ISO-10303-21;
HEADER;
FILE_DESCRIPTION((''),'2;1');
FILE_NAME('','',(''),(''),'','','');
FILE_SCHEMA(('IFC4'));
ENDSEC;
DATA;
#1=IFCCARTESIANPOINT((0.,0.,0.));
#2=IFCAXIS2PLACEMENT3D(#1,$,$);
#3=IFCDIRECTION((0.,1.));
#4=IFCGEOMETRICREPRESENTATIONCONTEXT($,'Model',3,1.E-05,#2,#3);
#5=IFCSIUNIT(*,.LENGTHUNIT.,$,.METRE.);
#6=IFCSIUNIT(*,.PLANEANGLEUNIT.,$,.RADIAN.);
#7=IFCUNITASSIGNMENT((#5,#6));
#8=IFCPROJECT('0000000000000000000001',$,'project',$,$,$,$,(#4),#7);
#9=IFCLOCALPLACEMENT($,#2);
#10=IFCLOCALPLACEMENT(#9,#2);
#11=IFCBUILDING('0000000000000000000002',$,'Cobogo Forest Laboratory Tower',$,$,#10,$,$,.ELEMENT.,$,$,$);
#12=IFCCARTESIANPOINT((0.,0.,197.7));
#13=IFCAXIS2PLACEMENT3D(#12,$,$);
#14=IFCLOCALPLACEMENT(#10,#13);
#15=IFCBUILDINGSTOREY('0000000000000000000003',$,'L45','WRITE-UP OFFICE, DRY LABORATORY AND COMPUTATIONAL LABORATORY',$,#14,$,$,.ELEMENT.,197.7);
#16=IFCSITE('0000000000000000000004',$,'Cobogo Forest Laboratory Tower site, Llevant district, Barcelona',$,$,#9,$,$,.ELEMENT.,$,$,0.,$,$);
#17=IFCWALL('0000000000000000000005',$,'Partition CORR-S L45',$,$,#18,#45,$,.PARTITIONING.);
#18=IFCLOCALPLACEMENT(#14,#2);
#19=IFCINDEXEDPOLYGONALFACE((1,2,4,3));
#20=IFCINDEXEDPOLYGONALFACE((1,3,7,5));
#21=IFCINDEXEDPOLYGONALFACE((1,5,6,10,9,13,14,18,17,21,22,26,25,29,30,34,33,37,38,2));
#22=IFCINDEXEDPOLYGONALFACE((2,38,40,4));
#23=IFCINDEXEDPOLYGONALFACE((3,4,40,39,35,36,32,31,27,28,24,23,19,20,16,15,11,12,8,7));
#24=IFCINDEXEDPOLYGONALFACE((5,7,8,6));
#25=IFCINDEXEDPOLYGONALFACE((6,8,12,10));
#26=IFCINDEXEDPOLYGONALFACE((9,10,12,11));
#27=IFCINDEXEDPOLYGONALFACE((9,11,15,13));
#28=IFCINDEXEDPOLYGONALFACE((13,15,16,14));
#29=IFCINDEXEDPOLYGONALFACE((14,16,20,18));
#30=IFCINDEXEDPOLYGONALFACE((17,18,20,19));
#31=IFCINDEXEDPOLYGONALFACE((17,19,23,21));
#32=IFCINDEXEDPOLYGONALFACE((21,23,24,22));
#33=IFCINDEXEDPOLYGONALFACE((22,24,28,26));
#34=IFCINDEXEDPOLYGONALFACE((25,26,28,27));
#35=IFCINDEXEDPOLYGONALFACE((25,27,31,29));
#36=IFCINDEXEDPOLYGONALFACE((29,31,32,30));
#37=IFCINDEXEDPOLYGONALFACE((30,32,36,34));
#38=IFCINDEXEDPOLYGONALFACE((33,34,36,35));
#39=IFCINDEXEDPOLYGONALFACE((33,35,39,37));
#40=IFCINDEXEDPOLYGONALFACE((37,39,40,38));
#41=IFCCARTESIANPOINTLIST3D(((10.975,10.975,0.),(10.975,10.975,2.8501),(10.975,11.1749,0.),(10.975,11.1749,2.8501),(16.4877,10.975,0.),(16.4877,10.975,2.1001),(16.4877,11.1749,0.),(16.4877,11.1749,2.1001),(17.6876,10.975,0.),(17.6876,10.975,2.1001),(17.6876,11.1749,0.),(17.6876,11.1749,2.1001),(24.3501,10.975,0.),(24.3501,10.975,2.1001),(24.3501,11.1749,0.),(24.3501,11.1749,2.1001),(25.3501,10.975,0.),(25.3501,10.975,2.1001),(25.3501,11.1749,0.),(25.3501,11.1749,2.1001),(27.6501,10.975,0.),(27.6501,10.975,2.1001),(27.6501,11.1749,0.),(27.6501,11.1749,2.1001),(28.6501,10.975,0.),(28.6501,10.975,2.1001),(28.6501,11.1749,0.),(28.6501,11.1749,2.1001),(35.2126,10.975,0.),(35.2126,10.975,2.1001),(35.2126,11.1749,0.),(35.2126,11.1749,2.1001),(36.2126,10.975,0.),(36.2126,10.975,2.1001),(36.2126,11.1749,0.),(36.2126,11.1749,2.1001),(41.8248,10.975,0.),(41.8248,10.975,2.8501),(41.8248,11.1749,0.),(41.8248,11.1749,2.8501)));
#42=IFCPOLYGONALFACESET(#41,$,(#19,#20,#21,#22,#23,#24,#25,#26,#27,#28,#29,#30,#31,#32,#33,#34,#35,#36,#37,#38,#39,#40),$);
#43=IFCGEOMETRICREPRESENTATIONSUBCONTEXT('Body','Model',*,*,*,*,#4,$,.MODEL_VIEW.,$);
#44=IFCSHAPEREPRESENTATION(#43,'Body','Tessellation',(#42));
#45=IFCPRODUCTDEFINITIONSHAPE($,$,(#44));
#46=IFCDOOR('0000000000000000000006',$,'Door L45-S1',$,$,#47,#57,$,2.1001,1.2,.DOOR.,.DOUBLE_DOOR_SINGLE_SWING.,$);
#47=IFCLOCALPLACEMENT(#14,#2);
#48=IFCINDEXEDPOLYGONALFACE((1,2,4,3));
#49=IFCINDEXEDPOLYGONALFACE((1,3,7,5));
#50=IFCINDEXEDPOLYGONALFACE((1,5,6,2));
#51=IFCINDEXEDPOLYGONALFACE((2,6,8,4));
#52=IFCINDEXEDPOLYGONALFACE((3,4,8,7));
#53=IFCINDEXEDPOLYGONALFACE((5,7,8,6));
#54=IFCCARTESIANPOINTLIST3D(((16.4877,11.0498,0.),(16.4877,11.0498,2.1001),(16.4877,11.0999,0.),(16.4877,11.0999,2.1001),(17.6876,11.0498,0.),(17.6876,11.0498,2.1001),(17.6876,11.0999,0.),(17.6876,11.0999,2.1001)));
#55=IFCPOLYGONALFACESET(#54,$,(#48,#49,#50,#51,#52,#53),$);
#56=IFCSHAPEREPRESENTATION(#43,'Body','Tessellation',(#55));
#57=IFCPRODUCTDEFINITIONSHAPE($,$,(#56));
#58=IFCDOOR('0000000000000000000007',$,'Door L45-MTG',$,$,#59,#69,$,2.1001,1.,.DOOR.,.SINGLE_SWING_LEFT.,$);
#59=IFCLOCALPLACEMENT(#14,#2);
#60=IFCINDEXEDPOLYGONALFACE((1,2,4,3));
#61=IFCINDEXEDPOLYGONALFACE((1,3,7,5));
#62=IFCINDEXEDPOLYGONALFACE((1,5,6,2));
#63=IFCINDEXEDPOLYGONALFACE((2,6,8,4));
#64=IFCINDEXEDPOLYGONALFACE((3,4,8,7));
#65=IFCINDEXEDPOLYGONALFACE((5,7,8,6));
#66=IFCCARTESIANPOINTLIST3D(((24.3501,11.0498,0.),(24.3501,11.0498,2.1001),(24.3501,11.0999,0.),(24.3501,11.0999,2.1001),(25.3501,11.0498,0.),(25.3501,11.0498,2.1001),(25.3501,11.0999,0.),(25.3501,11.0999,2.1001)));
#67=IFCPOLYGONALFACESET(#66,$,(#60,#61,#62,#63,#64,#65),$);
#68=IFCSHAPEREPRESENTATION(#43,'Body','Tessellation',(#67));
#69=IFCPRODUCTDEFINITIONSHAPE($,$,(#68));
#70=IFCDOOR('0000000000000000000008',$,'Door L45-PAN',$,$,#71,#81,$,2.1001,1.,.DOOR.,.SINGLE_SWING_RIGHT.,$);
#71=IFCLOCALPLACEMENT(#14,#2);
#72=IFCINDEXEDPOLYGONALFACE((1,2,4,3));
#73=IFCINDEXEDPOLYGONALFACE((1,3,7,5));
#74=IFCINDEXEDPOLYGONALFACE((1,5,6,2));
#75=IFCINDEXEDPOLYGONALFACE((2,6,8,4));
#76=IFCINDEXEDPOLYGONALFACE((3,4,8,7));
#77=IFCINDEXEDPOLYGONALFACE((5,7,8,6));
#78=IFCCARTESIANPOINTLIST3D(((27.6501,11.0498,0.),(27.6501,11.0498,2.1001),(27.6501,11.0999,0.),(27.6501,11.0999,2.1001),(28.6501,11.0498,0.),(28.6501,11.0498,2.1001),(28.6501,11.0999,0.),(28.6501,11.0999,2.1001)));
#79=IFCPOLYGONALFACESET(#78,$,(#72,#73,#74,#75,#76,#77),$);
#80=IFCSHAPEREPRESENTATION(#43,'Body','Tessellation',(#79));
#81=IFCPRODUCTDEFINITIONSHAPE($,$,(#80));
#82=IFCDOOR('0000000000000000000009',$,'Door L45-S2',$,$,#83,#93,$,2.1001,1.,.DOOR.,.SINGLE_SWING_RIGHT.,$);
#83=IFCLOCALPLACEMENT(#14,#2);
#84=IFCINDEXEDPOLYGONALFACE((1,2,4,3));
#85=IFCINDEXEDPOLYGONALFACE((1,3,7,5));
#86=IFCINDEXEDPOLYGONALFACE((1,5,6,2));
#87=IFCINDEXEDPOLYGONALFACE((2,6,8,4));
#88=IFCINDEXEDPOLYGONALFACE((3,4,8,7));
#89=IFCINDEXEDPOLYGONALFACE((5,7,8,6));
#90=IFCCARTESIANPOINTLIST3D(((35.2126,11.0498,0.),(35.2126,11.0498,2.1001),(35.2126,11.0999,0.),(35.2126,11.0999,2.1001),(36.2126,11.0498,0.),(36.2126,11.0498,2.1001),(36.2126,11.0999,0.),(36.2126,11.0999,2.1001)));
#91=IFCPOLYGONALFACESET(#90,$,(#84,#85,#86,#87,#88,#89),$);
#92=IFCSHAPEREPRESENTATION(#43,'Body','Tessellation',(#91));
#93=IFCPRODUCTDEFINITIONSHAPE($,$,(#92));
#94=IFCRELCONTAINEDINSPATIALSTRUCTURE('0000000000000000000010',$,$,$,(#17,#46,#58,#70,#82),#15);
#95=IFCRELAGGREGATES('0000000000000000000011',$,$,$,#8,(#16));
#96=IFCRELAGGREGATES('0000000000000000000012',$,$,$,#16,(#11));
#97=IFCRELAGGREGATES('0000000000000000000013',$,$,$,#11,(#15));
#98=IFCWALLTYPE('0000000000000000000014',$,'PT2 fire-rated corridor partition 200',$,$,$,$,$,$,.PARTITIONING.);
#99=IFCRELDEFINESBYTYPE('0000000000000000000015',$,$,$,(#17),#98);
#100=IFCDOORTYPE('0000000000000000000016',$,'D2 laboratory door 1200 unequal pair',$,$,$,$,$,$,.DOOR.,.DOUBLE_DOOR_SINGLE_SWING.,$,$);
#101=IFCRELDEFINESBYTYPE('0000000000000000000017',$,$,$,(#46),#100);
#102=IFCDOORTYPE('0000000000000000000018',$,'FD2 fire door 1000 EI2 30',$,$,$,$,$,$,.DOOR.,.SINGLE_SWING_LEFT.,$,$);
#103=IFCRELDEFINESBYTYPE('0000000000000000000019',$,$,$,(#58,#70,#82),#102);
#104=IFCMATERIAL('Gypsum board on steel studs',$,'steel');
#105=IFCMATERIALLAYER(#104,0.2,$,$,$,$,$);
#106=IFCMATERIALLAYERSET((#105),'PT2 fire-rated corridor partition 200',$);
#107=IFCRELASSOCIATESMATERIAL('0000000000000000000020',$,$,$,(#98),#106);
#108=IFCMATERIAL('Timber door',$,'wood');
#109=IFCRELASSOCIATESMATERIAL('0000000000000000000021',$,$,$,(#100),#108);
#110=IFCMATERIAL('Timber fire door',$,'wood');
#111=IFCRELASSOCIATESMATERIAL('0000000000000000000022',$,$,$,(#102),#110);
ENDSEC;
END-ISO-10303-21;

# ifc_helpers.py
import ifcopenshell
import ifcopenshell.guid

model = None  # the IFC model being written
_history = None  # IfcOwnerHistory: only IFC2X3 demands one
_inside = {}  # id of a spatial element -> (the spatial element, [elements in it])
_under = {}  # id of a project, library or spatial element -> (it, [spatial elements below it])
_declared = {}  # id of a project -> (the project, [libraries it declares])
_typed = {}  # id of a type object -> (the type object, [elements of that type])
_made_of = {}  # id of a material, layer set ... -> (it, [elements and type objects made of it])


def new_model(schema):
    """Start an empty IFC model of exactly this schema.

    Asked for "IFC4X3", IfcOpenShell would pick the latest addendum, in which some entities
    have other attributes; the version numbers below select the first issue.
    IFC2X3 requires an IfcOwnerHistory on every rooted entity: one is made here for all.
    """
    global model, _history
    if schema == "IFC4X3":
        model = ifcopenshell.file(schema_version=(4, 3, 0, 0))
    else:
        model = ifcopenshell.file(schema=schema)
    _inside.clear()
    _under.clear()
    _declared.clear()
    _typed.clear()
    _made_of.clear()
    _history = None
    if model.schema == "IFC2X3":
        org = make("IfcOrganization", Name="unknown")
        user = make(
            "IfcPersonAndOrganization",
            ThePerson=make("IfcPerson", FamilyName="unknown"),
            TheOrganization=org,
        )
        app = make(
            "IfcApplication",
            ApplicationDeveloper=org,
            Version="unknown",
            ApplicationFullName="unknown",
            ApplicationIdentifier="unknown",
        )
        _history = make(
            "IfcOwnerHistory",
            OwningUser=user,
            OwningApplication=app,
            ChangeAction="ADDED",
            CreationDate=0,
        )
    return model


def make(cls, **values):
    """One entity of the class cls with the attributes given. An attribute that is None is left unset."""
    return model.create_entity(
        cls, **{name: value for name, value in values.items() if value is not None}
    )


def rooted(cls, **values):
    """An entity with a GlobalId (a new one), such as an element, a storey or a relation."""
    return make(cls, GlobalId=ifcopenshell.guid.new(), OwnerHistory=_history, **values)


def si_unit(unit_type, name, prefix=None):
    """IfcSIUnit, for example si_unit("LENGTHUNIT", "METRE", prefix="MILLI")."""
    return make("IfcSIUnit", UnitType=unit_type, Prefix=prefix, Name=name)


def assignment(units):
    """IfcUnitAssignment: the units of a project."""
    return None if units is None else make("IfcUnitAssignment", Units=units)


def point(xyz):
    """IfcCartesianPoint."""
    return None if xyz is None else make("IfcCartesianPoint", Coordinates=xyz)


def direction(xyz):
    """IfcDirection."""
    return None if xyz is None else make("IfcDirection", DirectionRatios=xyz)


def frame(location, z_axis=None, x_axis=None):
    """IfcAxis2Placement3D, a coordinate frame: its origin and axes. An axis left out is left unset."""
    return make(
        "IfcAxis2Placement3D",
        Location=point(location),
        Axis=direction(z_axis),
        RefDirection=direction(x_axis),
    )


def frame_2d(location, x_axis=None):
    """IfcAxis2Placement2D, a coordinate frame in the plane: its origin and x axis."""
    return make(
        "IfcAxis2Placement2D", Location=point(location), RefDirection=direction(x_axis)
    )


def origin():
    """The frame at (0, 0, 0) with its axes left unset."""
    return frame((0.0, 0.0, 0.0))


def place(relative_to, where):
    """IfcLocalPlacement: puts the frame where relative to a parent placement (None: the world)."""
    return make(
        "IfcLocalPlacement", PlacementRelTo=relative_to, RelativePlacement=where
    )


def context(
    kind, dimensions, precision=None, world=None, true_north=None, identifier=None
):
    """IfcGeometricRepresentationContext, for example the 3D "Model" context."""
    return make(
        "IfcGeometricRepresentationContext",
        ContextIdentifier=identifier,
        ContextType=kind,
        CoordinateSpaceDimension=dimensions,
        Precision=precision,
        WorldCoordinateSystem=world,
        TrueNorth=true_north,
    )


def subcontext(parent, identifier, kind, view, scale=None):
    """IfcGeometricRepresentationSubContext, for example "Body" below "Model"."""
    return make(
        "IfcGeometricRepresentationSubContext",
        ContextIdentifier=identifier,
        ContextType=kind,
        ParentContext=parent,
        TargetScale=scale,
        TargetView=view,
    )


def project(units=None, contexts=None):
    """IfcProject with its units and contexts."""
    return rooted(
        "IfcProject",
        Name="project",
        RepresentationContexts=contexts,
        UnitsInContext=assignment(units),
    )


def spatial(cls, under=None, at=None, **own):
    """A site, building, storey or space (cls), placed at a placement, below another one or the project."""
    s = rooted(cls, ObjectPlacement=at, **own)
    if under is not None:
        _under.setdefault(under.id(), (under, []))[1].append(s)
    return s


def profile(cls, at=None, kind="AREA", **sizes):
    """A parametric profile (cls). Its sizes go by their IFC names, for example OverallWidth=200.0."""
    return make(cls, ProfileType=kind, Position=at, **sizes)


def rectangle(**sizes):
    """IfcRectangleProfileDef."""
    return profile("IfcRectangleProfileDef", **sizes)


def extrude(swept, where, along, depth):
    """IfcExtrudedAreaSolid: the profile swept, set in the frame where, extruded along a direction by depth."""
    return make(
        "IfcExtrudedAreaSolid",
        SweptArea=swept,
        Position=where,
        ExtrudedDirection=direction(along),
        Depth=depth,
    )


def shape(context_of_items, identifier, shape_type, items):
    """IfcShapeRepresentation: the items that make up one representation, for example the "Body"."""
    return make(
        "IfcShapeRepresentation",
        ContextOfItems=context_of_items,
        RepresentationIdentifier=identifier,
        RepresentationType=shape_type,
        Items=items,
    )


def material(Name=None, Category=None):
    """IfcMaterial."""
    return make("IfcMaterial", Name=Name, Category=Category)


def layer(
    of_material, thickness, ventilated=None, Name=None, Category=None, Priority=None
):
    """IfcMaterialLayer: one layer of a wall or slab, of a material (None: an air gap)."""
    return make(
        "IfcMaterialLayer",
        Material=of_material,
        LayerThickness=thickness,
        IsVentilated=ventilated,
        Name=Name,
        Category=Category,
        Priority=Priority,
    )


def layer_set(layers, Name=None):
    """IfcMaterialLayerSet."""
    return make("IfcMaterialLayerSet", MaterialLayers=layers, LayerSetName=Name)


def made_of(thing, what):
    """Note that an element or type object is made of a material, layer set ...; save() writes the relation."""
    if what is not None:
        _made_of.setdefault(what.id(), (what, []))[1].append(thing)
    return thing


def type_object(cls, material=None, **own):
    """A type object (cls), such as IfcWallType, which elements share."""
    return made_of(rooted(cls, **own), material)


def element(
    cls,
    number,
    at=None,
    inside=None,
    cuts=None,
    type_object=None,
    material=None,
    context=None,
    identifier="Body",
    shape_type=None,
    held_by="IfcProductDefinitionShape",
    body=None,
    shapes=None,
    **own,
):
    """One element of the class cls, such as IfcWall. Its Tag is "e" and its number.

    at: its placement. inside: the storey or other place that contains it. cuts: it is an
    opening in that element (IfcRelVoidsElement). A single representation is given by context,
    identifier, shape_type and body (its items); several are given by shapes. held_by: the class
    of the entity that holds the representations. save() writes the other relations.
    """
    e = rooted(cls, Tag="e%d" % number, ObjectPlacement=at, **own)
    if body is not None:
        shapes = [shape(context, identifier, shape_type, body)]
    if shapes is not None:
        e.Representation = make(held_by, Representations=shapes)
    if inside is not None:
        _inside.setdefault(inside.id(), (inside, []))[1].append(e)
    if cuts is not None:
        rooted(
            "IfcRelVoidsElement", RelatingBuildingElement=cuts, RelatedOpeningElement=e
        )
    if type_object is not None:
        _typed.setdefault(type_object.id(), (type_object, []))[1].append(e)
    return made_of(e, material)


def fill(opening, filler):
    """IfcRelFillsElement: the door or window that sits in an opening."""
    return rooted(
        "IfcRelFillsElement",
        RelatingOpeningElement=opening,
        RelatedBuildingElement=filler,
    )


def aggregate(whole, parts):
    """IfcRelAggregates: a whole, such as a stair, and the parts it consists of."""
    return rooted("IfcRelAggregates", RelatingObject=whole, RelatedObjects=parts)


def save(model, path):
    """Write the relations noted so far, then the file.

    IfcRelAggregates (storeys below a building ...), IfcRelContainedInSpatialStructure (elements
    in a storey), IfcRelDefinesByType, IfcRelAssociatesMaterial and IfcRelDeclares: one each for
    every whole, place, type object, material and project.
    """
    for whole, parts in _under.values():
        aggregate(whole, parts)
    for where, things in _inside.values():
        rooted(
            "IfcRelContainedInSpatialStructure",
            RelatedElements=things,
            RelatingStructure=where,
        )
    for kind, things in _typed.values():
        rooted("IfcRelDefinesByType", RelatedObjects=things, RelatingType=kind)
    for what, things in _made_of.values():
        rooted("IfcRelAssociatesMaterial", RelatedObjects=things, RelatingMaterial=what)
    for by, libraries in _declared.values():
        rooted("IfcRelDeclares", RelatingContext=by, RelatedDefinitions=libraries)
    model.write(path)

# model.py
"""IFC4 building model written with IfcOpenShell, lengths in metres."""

from ifc_helpers import new_model, si_unit, direction, frame, frame_2d, origin, place, context, subcontext, project, spatial, rectangle, extrude, material, layer, layer_set, type_object, element, fill, save


model = new_model("IFC4")

# Units and contexts
model_context = context("Model", 3, precision=1e-05, world=origin(), true_north=direction((0.0, 1.0)))
body_context = subcontext(model_context, "Body", "Model", "MODEL_VIEW")
ifc_project = project(units=[si_unit("LENGTHUNIT", "METRE"), si_unit("PLANEANGLEUNIT", "RADIAN")], contexts=[model_context])

# Site, building, storey
site_placement = place(None, origin())
site = spatial("IfcSite", under=ifc_project, at=site_placement, Name="Cobogo Forest Laboratory Tower site, Llevant district, Barcelona", CompositionType="ELEMENT", RefElevation=0.0)
building_placement = place(site_placement, origin())
building = spatial("IfcBuilding", under=site, at=building_placement, Name="Cobogo Forest Laboratory Tower", CompositionType="ELEMENT")
storey_placement = place(building_placement, frame((0.0, 0.0, 197.7)))
storey = spatial("IfcBuildingStorey", under=building, at=storey_placement, Name="L45", Description="WRITE-UP OFFICE, DRY LABORATORY AND COMPUTATIONAL LABORATORY", CompositionType="ELEMENT", Elevation=197.7)

# Shared definitions
ifc_material_1 = material(Name="Gypsum board on steel studs", Category="steel")

# Wall, openings, doors
ifc_layer_1 = layer(ifc_material_1, 0.2)
ifc_layer_set_1 = layer_set([ifc_layer_1], Name="PT2 fire-rated corridor partition 200")
wall_type_1 = type_object("IfcWallType", Name="PT2 fire-rated corridor partition 200", PredefinedType="PARTITIONING", material=ifc_layer_set_1)
wall_1_placement = place(storey_placement, frame((10.9751, 11.075, 0.0), z_axis=(0.0, 0.0, 1.0), x_axis=(1.0, 0.0, 0.0)))
wall_1 = element("IfcWall", 1, at=wall_1_placement, inside=storey, type_object=wall_type_1, Name="Partition CORR-S L45", PredefinedType="PARTITIONING", context=body_context, shape_type="SweptSolid", body=[
    extrude(rectangle(XDim=30.8499, YDim=0.2, at=frame_2d((15.4248, 0.0))), origin(), (0.0, 0.0, 1.0), 2.8501),
])
opening_1_placement = place(wall_1_placement, frame((5.5125, 0.0, 0.0)))
opening_1 = element("IfcOpeningElement", 2, at=opening_1_placement, cuts=wall_1, PredefinedType="OPENING", context=body_context, shape_type="SweptSolid", body=[
    extrude(rectangle(XDim=1.2, YDim=2.1001, at=frame_2d((0.6001, 1.05))), frame((0.0, 0.1099, 0.0), z_axis=(0.0, -1.0, 0.0), x_axis=(1.0, 0.0, 0.0)), (0.0, 0.0, 1.0), 0.22),
])
opening_2_placement = place(wall_1_placement, frame((13.375, 0.0, 0.0)))
opening_2 = element("IfcOpeningElement", 3, at=opening_2_placement, cuts=wall_1, PredefinedType="OPENING", context=body_context, shape_type="SweptSolid", body=[
    extrude(rectangle(XDim=1.0, YDim=2.1001, at=frame_2d((0.5, 1.05))), frame((0.0, 0.1099, 0.0), z_axis=(0.0, -1.0, 0.0), x_axis=(1.0, 0.0, 0.0)), (0.0, 0.0, 1.0), 0.22),
])
opening_3_placement = place(wall_1_placement, frame((16.675, 0.0, 0.0)))
opening_3 = element("IfcOpeningElement", 4, at=opening_3_placement, cuts=wall_1, PredefinedType="OPENING", context=body_context, shape_type="SweptSolid", body=[
    extrude(rectangle(XDim=1.0, YDim=2.1001, at=frame_2d((0.5, 1.05))), frame((0.0, 0.1099, 0.0), z_axis=(0.0, -1.0, 0.0), x_axis=(1.0, 0.0, 0.0)), (0.0, 0.0, 1.0), 0.22),
])
opening_4_placement = place(wall_1_placement, frame((24.2375, 0.0, 0.0)))
opening_4 = element("IfcOpeningElement", 5, at=opening_4_placement, cuts=wall_1, PredefinedType="OPENING", context=body_context, shape_type="SweptSolid", body=[
    extrude(rectangle(XDim=1.0, YDim=2.1001, at=frame_2d((0.5, 1.05))), frame((0.0, 0.1099, 0.0), z_axis=(0.0, -1.0, 0.0), x_axis=(1.0, 0.0, 0.0)), (0.0, 0.0, 1.0), 0.22),
])
ifc_material_2 = material(Name="Timber door", Category="wood")
door_type_1 = type_object("IfcDoorType", Name="D2 laboratory door 1200 unequal pair", OperationType="DOUBLE_DOOR_SINGLE_SWING", PredefinedType="DOOR", material=ifc_material_2)
door_1_placement = place(opening_1_placement, origin())
door_1 = element("IfcDoor", 6, at=door_1_placement, inside=storey, type_object=door_type_1, Name="Door L45-S1", OperationType="DOUBLE_DOOR_SINGLE_SWING", OverallHeight=2.1001, OverallWidth=1.2, PredefinedType="DOOR", context=body_context, shape_type="SweptSolid", body=[
    extrude(rectangle(XDim=1.2, YDim=2.1001, at=frame_2d((0.6001, 1.05))), frame((0.0, 0.0249, 0.0), z_axis=(0.0, -1.0, 0.0), x_axis=(1.0, 0.0, 0.0)), (0.0, 0.0, 1.0), 0.05),
])
fill(opening_1, door_1)
ifc_material_3 = material(Name="Timber fire door", Category="wood")
door_type_2 = type_object("IfcDoorType", Name="FD2 fire door 1000 EI2 30", OperationType="SINGLE_SWING_LEFT", PredefinedType="DOOR", material=ifc_material_3)
door_2_placement = place(opening_2_placement, origin())
door_2 = element("IfcDoor", 7, at=door_2_placement, inside=storey, type_object=door_type_2, Name="Door L45-MTG", OperationType="SINGLE_SWING_LEFT", OverallHeight=2.1001, OverallWidth=1.0, PredefinedType="DOOR", context=body_context, shape_type="SweptSolid", body=[
    extrude(rectangle(XDim=1.0, YDim=2.1001, at=frame_2d((0.5, 1.05))), frame((0.0, 0.0249, 0.0), z_axis=(0.0, -1.0, 0.0), x_axis=(1.0, 0.0, 0.0)), (0.0, 0.0, 1.0), 0.05),
])
fill(opening_2, door_2)
door_3_placement = place(opening_3_placement, origin())
door_3 = element("IfcDoor", 8, at=door_3_placement, inside=storey, type_object=door_type_2, Name="Door L45-PAN", OperationType="SINGLE_SWING_RIGHT", OverallHeight=2.1001, OverallWidth=1.0, PredefinedType="DOOR", context=body_context, shape_type="SweptSolid", body=[
    extrude(rectangle(XDim=1.0, YDim=2.1001, at=frame_2d((0.5, 1.05))), frame((0.0, 0.0249, 0.0), z_axis=(0.0, -1.0, 0.0), x_axis=(1.0, 0.0, 0.0)), (0.0, 0.0, 1.0), 0.05),
])
fill(opening_3, door_3)
door_4_placement = place(opening_4_placement, origin())
door_4 = element("IfcDoor", 9, at=door_4_placement, inside=storey, type_object=door_type_2, Name="Door L45-S2", OperationType="SINGLE_SWING_RIGHT", OverallHeight=2.1001, OverallWidth=1.0, PredefinedType="DOOR", context=body_context, shape_type="SweptSolid", body=[
    extrude(rectangle(XDim=1.0, YDim=2.1001, at=frame_2d((0.5, 1.05))), frame((0.0, 0.0249, 0.0), z_axis=(0.0, -1.0, 0.0), x_axis=(1.0, 0.0, 0.0)), (0.0, 0.0, 1.0), 0.05),
])
fill(opening_4, door_4)

save(model, "model.ifc")
